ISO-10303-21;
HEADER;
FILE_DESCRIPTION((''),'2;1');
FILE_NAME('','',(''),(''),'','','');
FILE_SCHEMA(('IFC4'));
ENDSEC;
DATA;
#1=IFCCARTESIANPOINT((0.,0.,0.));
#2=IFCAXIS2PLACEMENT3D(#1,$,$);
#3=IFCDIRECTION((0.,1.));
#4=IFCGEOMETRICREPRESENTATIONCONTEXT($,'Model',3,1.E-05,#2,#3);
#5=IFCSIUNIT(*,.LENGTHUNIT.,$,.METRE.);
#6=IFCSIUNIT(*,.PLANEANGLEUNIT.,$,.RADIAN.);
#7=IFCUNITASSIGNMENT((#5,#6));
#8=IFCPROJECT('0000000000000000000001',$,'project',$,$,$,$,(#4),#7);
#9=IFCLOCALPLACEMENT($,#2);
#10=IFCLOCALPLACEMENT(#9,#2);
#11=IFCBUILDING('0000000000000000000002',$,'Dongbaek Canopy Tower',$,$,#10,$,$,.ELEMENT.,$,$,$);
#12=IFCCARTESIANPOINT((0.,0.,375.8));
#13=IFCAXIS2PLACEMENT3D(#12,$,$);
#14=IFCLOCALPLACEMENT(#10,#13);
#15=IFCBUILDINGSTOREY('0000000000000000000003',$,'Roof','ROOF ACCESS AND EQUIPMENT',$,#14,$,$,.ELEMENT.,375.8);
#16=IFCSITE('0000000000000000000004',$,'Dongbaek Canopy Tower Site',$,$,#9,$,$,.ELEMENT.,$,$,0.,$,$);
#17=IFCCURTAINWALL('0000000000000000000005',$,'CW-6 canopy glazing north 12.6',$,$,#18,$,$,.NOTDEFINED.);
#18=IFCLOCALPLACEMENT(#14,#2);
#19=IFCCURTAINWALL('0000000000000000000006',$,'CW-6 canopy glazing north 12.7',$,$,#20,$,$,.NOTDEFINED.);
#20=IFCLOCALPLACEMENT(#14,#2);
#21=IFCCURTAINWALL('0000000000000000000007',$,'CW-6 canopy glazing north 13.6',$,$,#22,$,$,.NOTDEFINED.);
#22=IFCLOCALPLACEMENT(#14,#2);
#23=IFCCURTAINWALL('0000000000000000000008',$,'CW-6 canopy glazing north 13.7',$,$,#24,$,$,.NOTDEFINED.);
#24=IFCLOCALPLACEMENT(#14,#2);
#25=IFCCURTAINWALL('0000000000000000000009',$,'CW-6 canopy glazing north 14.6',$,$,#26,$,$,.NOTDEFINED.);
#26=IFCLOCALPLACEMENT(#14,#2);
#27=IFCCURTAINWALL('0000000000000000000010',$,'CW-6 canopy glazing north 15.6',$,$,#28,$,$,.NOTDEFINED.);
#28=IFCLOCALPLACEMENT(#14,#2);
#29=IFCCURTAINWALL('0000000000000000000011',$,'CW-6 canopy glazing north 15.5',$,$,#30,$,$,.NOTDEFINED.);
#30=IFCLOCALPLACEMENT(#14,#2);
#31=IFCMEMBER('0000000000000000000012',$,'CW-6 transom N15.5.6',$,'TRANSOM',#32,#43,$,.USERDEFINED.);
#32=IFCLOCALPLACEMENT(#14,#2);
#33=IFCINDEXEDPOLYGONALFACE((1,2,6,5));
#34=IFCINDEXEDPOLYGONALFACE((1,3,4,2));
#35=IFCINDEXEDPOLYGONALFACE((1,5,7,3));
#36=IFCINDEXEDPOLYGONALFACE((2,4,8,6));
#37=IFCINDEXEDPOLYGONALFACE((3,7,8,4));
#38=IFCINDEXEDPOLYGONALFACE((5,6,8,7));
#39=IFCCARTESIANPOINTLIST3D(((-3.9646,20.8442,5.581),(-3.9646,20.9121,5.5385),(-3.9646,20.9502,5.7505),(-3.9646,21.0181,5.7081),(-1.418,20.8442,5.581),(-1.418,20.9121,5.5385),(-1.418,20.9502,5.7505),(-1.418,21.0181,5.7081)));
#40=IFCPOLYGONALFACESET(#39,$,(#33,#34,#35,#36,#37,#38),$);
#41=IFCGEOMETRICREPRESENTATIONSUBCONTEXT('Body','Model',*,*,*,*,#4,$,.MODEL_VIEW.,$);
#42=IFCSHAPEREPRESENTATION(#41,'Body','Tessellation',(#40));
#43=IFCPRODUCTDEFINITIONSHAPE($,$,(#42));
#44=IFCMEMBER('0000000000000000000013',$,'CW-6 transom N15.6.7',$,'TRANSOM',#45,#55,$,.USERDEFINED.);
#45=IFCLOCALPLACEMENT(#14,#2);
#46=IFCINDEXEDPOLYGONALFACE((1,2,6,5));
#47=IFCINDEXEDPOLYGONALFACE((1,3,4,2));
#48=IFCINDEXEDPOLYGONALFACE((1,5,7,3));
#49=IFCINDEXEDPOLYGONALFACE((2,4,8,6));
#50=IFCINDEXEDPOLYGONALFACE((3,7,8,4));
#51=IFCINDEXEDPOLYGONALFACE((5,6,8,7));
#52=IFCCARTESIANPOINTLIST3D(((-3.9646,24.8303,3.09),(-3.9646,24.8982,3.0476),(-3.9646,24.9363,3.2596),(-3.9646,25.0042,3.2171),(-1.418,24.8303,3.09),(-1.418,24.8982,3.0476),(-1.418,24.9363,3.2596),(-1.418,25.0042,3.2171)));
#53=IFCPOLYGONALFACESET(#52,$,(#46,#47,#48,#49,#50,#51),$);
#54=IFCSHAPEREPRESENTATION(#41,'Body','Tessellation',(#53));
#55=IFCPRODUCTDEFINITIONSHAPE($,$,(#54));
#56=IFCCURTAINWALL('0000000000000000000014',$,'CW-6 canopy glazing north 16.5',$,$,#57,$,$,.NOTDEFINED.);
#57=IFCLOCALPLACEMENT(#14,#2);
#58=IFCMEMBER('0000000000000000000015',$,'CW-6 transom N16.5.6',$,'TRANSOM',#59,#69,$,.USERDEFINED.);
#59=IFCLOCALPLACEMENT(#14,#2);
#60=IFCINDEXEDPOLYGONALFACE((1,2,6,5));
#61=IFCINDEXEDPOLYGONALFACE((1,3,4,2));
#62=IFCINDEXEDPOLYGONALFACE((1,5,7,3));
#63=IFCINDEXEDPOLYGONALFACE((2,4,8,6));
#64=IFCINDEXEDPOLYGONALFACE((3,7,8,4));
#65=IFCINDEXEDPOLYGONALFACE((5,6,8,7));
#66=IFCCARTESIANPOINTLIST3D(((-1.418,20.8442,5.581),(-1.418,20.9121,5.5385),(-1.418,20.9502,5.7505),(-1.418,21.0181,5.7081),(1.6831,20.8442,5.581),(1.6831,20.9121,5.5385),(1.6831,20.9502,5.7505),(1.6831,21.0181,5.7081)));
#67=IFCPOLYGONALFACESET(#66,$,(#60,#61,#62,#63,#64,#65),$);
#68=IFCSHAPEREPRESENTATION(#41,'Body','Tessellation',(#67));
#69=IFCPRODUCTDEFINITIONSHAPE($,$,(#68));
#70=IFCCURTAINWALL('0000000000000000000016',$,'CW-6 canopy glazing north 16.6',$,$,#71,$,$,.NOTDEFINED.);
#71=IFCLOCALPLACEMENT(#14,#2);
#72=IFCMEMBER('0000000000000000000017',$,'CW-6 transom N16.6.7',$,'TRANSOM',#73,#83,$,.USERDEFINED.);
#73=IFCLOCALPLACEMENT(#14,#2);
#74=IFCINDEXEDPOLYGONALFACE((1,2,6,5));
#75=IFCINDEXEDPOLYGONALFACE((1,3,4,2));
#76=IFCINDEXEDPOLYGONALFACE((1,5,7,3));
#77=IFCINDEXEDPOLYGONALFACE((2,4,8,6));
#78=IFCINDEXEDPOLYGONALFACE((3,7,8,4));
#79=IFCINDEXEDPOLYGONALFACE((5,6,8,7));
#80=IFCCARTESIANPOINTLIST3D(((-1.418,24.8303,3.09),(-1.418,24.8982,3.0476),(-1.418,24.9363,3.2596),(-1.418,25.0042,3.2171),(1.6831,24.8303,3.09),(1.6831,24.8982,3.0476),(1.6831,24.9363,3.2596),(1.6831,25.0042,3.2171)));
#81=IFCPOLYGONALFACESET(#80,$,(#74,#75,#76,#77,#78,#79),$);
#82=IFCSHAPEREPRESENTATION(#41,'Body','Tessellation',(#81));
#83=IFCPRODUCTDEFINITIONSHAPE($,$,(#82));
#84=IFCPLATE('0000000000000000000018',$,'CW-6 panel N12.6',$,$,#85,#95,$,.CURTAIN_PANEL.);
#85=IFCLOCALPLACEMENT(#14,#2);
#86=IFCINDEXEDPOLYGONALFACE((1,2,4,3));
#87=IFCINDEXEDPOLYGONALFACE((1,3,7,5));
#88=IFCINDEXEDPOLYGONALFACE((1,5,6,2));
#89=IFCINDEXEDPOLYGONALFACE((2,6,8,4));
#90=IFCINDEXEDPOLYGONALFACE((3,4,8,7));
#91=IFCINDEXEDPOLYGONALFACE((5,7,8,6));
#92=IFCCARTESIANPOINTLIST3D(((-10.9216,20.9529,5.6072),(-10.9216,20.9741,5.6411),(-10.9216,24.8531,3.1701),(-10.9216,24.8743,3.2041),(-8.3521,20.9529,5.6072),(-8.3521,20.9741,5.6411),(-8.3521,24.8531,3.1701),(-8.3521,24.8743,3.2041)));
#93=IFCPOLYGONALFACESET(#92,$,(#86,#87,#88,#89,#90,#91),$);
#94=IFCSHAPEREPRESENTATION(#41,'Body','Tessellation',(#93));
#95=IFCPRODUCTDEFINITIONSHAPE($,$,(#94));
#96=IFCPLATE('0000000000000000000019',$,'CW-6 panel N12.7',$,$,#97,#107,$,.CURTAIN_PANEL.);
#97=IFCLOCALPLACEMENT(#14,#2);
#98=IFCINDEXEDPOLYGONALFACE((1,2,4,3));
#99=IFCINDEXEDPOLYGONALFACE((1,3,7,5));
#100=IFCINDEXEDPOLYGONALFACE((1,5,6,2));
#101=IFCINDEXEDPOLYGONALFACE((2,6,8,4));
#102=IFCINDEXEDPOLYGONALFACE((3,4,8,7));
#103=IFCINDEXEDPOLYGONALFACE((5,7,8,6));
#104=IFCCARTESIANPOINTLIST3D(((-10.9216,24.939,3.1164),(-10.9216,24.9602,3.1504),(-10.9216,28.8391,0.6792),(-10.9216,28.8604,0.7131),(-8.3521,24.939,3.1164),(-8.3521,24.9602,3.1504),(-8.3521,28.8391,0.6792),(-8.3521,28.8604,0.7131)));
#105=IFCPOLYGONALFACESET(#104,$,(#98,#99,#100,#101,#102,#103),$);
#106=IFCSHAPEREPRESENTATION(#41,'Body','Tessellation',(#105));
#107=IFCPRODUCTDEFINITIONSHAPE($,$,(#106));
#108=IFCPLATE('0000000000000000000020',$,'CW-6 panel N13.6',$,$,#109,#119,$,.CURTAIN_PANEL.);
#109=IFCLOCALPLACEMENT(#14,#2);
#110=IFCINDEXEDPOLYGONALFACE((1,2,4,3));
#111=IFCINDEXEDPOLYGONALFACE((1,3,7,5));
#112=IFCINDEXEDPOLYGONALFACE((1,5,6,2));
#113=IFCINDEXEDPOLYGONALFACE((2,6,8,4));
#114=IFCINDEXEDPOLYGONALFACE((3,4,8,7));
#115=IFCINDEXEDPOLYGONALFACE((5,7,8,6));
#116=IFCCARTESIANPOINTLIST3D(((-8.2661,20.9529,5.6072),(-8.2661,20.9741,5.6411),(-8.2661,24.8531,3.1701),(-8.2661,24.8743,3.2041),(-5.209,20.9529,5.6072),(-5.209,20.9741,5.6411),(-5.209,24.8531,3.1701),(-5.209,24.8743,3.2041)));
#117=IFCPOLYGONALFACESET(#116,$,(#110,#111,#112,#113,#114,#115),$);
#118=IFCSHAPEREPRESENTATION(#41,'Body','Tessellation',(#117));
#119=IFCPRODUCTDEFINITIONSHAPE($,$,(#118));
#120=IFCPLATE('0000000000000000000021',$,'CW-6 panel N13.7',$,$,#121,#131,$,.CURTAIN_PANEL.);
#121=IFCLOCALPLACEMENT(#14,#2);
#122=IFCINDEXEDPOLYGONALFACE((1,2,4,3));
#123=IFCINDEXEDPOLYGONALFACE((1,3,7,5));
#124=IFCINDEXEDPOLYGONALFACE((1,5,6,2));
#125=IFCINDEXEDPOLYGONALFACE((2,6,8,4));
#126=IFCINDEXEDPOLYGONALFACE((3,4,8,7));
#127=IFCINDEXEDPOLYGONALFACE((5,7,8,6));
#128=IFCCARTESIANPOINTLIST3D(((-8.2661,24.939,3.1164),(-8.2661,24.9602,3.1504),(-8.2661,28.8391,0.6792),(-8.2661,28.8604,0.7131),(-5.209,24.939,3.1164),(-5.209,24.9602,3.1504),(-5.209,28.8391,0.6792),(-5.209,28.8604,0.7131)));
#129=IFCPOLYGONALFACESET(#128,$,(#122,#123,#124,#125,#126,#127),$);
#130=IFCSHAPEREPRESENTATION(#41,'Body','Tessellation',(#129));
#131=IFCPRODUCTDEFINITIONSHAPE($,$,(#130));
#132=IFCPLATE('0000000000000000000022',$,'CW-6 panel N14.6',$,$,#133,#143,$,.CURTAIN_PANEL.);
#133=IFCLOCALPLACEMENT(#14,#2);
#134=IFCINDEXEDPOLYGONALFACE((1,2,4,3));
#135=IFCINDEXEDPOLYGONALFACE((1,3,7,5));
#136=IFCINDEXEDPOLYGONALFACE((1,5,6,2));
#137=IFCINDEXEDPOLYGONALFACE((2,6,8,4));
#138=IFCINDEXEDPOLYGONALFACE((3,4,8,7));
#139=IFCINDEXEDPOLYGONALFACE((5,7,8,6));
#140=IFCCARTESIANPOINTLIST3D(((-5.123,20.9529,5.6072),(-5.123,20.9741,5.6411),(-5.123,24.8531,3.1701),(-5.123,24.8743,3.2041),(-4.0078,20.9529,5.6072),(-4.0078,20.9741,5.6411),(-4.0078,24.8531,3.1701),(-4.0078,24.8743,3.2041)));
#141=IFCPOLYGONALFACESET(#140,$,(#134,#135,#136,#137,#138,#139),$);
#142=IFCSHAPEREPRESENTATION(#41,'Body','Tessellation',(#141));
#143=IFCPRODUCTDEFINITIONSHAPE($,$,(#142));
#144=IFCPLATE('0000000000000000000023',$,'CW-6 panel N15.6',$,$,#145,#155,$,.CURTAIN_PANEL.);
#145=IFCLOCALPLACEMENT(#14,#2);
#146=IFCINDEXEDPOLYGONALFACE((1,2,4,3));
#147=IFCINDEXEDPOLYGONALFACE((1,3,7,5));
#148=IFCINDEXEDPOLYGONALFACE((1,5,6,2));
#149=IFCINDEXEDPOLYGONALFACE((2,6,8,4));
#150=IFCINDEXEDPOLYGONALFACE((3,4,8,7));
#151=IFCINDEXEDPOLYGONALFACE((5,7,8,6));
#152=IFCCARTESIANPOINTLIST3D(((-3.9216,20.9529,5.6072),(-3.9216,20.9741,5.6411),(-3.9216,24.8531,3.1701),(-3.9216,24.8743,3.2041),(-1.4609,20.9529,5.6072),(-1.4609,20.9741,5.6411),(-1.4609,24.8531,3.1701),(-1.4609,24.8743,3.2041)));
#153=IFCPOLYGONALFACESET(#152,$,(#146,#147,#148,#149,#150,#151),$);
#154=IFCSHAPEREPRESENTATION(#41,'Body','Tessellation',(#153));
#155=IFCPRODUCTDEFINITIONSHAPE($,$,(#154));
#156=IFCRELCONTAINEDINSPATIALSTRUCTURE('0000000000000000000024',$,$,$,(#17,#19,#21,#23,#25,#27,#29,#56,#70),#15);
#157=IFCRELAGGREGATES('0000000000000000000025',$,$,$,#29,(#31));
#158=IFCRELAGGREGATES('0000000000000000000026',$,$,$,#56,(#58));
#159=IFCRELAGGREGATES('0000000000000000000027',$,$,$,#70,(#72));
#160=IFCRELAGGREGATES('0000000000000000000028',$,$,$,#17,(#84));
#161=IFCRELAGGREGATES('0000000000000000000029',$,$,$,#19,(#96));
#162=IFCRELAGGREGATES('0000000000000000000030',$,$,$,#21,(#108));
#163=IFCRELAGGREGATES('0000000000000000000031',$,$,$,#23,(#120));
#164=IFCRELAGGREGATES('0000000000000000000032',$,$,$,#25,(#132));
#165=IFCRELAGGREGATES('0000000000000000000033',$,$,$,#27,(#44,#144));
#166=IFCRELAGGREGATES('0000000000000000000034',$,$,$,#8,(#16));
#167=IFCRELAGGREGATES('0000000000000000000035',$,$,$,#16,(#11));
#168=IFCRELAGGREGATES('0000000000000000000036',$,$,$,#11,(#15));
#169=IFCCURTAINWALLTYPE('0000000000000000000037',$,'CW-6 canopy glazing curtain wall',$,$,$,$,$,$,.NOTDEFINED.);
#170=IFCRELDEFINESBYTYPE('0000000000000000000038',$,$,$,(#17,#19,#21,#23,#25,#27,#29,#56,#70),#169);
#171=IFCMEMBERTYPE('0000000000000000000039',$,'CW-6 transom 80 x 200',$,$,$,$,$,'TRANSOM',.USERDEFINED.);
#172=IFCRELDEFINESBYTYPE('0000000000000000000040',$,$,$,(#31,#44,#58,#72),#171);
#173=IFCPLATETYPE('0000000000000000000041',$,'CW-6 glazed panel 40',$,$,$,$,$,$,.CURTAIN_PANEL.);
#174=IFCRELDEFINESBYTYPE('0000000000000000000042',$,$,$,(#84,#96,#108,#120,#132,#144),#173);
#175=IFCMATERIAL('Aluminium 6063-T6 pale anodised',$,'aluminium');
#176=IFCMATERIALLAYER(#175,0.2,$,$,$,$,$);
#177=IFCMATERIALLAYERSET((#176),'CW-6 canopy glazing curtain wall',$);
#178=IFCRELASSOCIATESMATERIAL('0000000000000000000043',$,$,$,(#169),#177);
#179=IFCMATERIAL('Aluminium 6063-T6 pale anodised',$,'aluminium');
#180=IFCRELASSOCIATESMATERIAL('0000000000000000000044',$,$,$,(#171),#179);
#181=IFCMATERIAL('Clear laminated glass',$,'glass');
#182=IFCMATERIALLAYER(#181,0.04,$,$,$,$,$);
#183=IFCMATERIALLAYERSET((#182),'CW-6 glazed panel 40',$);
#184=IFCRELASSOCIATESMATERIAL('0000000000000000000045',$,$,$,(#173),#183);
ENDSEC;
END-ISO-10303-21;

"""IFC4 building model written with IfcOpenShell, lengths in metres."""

from ifc_helpers import new_model, si_unit, direction, frame, origin, origin_2d, place, context, subcontext, project, spatial, polyline, rectangle, outline, extrude, material, layer, layer_set, material_profile, profile_set, type_object, element, aggregate, save


model = new_model("IFC4")

# Units and contexts
model_context = context("Model", 3, precision=1e-05, world=origin(), true_north=direction((0.0, 1.0)))
body_context = subcontext(model_context, "Body", "Model", "MODEL_VIEW")
ifc_project = project(units=[si_unit("LENGTHUNIT", "METRE"), si_unit("PLANEANGLEUNIT", "RADIAN")], contexts=[model_context])

# Site, building, storey
site_placement = place(None, origin())
site = spatial("IfcSite", under=ifc_project, at=site_placement, Name="Dongbaek Canopy Tower Site", CompositionType="ELEMENT", RefElevation=0.0)
building_placement = place(site_placement, origin())
building = spatial("IfcBuilding", under=site, at=building_placement, Name="Dongbaek Canopy Tower", CompositionType="ELEMENT")
storey_placement = place(building_placement, frame((0.0, 0.0, 375.8)))
storey = spatial("IfcBuildingStorey", under=building, at=storey_placement, Name="Roof", Description="ROOF ACCESS AND EQUIPMENT", CompositionType="ELEMENT", Elevation=375.8)

# Curtain walls
ifc_material_1 = material(Name="Aluminium 6063-T6 pale anodised", Category="aluminium")
ifc_layer_1 = layer(ifc_material_1, 0.2)
ifc_layer_set_1 = layer_set([ifc_layer_1], Name="CW-6 canopy glazing curtain wall")
curtain_wall_type = type_object("IfcCurtainWallType", Name="CW-6 canopy glazing curtain wall", PredefinedType="NOTDEFINED", material=ifc_layer_set_1)
curtain_wall_1_placement = place(storey_placement, origin())
curtain_wall_1 = element("IfcCurtainWall", 1, at=curtain_wall_1_placement, inside=storey, type_object=curtain_wall_type, Name="CW-6 canopy glazing north 12.6", PredefinedType="NOTDEFINED")
curtain_wall_2_placement = place(storey_placement, origin())
curtain_wall_2 = element("IfcCurtainWall", 2, at=curtain_wall_2_placement, inside=storey, type_object=curtain_wall_type, Name="CW-6 canopy glazing north 12.7", PredefinedType="NOTDEFINED")
curtain_wall_3_placement = place(storey_placement, origin())
curtain_wall_3 = element("IfcCurtainWall", 3, at=curtain_wall_3_placement, inside=storey, type_object=curtain_wall_type, Name="CW-6 canopy glazing north 13.6", PredefinedType="NOTDEFINED")
curtain_wall_4_placement = place(storey_placement, origin())
curtain_wall_4 = element("IfcCurtainWall", 4, at=curtain_wall_4_placement, inside=storey, type_object=curtain_wall_type, Name="CW-6 canopy glazing north 13.7", PredefinedType="NOTDEFINED")
curtain_wall_5_placement = place(storey_placement, origin())
curtain_wall_5 = element("IfcCurtainWall", 5, at=curtain_wall_5_placement, inside=storey, type_object=curtain_wall_type, Name="CW-6 canopy glazing north 14.6", PredefinedType="NOTDEFINED")
curtain_wall_6_placement = place(storey_placement, origin())
curtain_wall_6 = element("IfcCurtainWall", 6, at=curtain_wall_6_placement, inside=storey, type_object=curtain_wall_type, Name="CW-6 canopy glazing north 15.6", PredefinedType="NOTDEFINED")
ifc_material_2 = material(Name="Aluminium 6063-T6 pale anodised", Category="aluminium")
ifc_material_profile_1 = material_profile(ifc_material_2, rectangle(XDim=0.0801, YDim=0.2, at=origin_2d()), Name="CW-6 transom 80 x 200")
ifc_profile_set_1 = profile_set([ifc_material_profile_1], Name="Aluminium 6063-T6 pale anodised")
member_type_1 = type_object("IfcMemberType", Name="CW-6 transom 80 x 200", ElementType="TRANSOM", PredefinedType="USERDEFINED", material=ifc_profile_set_1)

# Curtain wall, member
curtain_wall_7_placement = place(storey_placement, origin())
curtain_wall_7 = element("IfcCurtainWall", 7, at=curtain_wall_7_placement, inside=storey, type_object=curtain_wall_type, Name="CW-6 canopy glazing north 15.5", PredefinedType="NOTDEFINED")
member_1_placement = place(storey_placement, frame((-3.9646, 20.9312, 5.6445), z_axis=(1.0, 0.0, 0.0), x_axis=(0.0, 0.848048, -0.529919)))
member_1 = element("IfcMember", 8, at=member_1_placement, type_object=member_type_1, Name="CW-6 transom N15.5.6", ObjectType="TRANSOM", PredefinedType="USERDEFINED", context=body_context, shape_type="SweptSolid", body=[
    extrude(rectangle(XDim=0.0801, YDim=0.2, at=origin_2d()), origin(), (0.0, 0.0, 1.0), 2.5466),
])
aggregate(curtain_wall_7, [member_1])

# Member
member_2_placement = place(storey_placement, frame((-3.9646, 24.9172, 3.1536), z_axis=(1.0, 0.0, 0.0), x_axis=(0.0, 0.848048, -0.529919)))
member_2 = element("IfcMember", 9, at=member_2_placement, type_object=member_type_1, Name="CW-6 transom N15.6.7", ObjectType="TRANSOM", PredefinedType="USERDEFINED", context=body_context, shape_type="SweptSolid", body=[
    extrude(rectangle(XDim=0.0801, YDim=0.2, at=origin_2d()), origin(), (0.0, 0.0, 1.0), 2.5466),
])

# Curtain walls, members
curtain_wall_8_placement = place(storey_placement, origin())
curtain_wall_8 = element("IfcCurtainWall", 10, at=curtain_wall_8_placement, inside=storey, type_object=curtain_wall_type, Name="CW-6 canopy glazing north 16.5", PredefinedType="NOTDEFINED")
member_3_placement = place(storey_placement, frame((-1.418, 20.9312, 5.6445), z_axis=(1.0, 0.0, 0.0), x_axis=(0.0, 0.848048, -0.529919)))
member_3 = element("IfcMember", 11, at=member_3_placement, type_object=member_type_1, Name="CW-6 transom N16.5.6", ObjectType="TRANSOM", PredefinedType="USERDEFINED", context=body_context, shape_type="SweptSolid", body=[
    extrude(rectangle(XDim=0.0801, YDim=0.2, at=origin_2d()), origin(), (0.0, 0.0, 1.0), 3.1011),
])
aggregate(curtain_wall_8, [member_3])
curtain_wall_9_placement = place(storey_placement, origin())
curtain_wall_9 = element("IfcCurtainWall", 12, at=curtain_wall_9_placement, inside=storey, type_object=curtain_wall_type, Name="CW-6 canopy glazing north 16.6", PredefinedType="NOTDEFINED")
member_4_placement = place(storey_placement, frame((-1.418, 24.9172, 3.1536), z_axis=(1.0, 0.0, 0.0), x_axis=(0.0, 0.848048, -0.529919)))
member_4 = element("IfcMember", 13, at=member_4_placement, type_object=member_type_1, Name="CW-6 transom N16.6.7", ObjectType="TRANSOM", PredefinedType="USERDEFINED", context=body_context, shape_type="SweptSolid", body=[
    extrude(rectangle(XDim=0.0801, YDim=0.2, at=origin_2d()), origin(), (0.0, 0.0, 1.0), 3.1011),
])
aggregate(curtain_wall_9, [member_4])

# Plates
ifc_material_3 = material(Name="Clear laminated glass", Category="glass")
ifc_layer_2 = layer(ifc_material_3, 0.04)
ifc_layer_set_2 = layer_set([ifc_layer_2], Name="CW-6 glazed panel 40")
plate_type = type_object("IfcPlateType", Name="CW-6 glazed panel 40", PredefinedType="CURTAIN_PANEL", material=ifc_layer_set_2)
plate_1_placement = place(storey_placement, frame((-8.3521, 20.9741, 5.6411), z_axis=(0.0, 0.529908, 0.848055), x_axis=(-1.0, 0.0, 0.0)))
plate_1 = element("IfcPlate", 14, at=plate_1_placement, type_object=plate_type, Name="CW-6 panel N12.6", PredefinedType="CURTAIN_PANEL", context=body_context, shape_type="SweptSolid", body=[
    extrude(outline(polyline([(0.0, 0.0), (2.5696, 0.0), (2.5696, -4.5989), (0.0, -4.5989), (0.0, 0.0)])), origin(), (0.0, 0.0, -1.0), 0.04),
])
aggregate(curtain_wall_1, [plate_1])
plate_2_placement = place(storey_placement, frame((-8.3521, 24.9602, 3.1504), z_axis=(0.0, 0.529946, 0.848031), x_axis=(-1.0, 0.0, 0.0)))
plate_2 = element("IfcPlate", 15, at=plate_2_placement, type_object=plate_type, Name="CW-6 panel N12.7", PredefinedType="CURTAIN_PANEL", context=body_context, shape_type="SweptSolid", body=[
    extrude(outline(polyline([(0.0, 0.0), (2.5696, 0.0), (2.5696, -4.5991), (0.0, -4.5991), (0.0, 0.0)])), origin(), (0.0, 0.0, -1.0), 0.04),
])
aggregate(curtain_wall_2, [plate_2])
plate_3_placement = place(storey_placement, frame((-5.209, 20.9741, 5.6411), z_axis=(0.0, 0.529908, 0.848055), x_axis=(-1.0, 0.0, 0.0)))
plate_3 = element("IfcPlate", 16, at=plate_3_placement, type_object=plate_type, Name="CW-6 panel N13.6", PredefinedType="CURTAIN_PANEL", context=body_context, shape_type="SweptSolid", body=[
    extrude(outline(polyline([(0.0, 0.0), (3.0571, 0.0), (3.0571, -4.5989), (0.0, -4.5989), (0.0, 0.0)])), origin(), (0.0, 0.0, -1.0), 0.04),
])
aggregate(curtain_wall_3, [plate_3])
plate_4_placement = place(storey_placement, frame((-5.209, 24.9602, 3.1504), z_axis=(0.0, 0.529946, 0.848031), x_axis=(-1.0, 0.0, 0.0)))
plate_4 = element("IfcPlate", 17, at=plate_4_placement, type_object=plate_type, Name="CW-6 panel N13.7", PredefinedType="CURTAIN_PANEL", context=body_context, shape_type="SweptSolid", body=[
    extrude(outline(polyline([(0.0, 0.0), (3.0571, 0.0), (3.0571, -4.5991), (0.0, -4.5991), (0.0, 0.0)])), origin(), (0.0, 0.0, -1.0), 0.04),
])
aggregate(curtain_wall_4, [plate_4])
plate_5_placement = place(storey_placement, frame((-4.0078, 20.9741, 5.6411), z_axis=(0.0, 0.529908, 0.848055), x_axis=(-1.0, 0.0, 0.0)))
plate_5 = element("IfcPlate", 18, at=plate_5_placement, type_object=plate_type, Name="CW-6 panel N14.6", PredefinedType="CURTAIN_PANEL", context=body_context, shape_type="SweptSolid", body=[
    extrude(outline(polyline([(0.0, 0.0), (1.1152, 0.0), (1.1152, -4.5989), (0.0, -4.5989), (0.0, 0.0)])), origin(), (0.0, 0.0, -1.0), 0.04),
])
aggregate(curtain_wall_5, [plate_5])
plate_6_placement = place(storey_placement, frame((-1.4609, 20.9741, 5.6411), z_axis=(0.0, 0.529908, 0.848055), x_axis=(-1.0, 0.0, 0.0)))
plate_6 = element("IfcPlate", 19, at=plate_6_placement, type_object=plate_type, Name="CW-6 panel N15.6", PredefinedType="CURTAIN_PANEL", context=body_context, shape_type="SweptSolid", body=[
    extrude(outline(polyline([(0.0, 0.0), (2.4607, 0.0), (2.4607, -4.5989), (0.0, -4.5989), (0.0, 0.0)])), origin(), (0.0, 0.0, -1.0), 0.04),
])
aggregate(curtain_wall_6, [member_2, plate_6])

save(model, "model.ifc")
